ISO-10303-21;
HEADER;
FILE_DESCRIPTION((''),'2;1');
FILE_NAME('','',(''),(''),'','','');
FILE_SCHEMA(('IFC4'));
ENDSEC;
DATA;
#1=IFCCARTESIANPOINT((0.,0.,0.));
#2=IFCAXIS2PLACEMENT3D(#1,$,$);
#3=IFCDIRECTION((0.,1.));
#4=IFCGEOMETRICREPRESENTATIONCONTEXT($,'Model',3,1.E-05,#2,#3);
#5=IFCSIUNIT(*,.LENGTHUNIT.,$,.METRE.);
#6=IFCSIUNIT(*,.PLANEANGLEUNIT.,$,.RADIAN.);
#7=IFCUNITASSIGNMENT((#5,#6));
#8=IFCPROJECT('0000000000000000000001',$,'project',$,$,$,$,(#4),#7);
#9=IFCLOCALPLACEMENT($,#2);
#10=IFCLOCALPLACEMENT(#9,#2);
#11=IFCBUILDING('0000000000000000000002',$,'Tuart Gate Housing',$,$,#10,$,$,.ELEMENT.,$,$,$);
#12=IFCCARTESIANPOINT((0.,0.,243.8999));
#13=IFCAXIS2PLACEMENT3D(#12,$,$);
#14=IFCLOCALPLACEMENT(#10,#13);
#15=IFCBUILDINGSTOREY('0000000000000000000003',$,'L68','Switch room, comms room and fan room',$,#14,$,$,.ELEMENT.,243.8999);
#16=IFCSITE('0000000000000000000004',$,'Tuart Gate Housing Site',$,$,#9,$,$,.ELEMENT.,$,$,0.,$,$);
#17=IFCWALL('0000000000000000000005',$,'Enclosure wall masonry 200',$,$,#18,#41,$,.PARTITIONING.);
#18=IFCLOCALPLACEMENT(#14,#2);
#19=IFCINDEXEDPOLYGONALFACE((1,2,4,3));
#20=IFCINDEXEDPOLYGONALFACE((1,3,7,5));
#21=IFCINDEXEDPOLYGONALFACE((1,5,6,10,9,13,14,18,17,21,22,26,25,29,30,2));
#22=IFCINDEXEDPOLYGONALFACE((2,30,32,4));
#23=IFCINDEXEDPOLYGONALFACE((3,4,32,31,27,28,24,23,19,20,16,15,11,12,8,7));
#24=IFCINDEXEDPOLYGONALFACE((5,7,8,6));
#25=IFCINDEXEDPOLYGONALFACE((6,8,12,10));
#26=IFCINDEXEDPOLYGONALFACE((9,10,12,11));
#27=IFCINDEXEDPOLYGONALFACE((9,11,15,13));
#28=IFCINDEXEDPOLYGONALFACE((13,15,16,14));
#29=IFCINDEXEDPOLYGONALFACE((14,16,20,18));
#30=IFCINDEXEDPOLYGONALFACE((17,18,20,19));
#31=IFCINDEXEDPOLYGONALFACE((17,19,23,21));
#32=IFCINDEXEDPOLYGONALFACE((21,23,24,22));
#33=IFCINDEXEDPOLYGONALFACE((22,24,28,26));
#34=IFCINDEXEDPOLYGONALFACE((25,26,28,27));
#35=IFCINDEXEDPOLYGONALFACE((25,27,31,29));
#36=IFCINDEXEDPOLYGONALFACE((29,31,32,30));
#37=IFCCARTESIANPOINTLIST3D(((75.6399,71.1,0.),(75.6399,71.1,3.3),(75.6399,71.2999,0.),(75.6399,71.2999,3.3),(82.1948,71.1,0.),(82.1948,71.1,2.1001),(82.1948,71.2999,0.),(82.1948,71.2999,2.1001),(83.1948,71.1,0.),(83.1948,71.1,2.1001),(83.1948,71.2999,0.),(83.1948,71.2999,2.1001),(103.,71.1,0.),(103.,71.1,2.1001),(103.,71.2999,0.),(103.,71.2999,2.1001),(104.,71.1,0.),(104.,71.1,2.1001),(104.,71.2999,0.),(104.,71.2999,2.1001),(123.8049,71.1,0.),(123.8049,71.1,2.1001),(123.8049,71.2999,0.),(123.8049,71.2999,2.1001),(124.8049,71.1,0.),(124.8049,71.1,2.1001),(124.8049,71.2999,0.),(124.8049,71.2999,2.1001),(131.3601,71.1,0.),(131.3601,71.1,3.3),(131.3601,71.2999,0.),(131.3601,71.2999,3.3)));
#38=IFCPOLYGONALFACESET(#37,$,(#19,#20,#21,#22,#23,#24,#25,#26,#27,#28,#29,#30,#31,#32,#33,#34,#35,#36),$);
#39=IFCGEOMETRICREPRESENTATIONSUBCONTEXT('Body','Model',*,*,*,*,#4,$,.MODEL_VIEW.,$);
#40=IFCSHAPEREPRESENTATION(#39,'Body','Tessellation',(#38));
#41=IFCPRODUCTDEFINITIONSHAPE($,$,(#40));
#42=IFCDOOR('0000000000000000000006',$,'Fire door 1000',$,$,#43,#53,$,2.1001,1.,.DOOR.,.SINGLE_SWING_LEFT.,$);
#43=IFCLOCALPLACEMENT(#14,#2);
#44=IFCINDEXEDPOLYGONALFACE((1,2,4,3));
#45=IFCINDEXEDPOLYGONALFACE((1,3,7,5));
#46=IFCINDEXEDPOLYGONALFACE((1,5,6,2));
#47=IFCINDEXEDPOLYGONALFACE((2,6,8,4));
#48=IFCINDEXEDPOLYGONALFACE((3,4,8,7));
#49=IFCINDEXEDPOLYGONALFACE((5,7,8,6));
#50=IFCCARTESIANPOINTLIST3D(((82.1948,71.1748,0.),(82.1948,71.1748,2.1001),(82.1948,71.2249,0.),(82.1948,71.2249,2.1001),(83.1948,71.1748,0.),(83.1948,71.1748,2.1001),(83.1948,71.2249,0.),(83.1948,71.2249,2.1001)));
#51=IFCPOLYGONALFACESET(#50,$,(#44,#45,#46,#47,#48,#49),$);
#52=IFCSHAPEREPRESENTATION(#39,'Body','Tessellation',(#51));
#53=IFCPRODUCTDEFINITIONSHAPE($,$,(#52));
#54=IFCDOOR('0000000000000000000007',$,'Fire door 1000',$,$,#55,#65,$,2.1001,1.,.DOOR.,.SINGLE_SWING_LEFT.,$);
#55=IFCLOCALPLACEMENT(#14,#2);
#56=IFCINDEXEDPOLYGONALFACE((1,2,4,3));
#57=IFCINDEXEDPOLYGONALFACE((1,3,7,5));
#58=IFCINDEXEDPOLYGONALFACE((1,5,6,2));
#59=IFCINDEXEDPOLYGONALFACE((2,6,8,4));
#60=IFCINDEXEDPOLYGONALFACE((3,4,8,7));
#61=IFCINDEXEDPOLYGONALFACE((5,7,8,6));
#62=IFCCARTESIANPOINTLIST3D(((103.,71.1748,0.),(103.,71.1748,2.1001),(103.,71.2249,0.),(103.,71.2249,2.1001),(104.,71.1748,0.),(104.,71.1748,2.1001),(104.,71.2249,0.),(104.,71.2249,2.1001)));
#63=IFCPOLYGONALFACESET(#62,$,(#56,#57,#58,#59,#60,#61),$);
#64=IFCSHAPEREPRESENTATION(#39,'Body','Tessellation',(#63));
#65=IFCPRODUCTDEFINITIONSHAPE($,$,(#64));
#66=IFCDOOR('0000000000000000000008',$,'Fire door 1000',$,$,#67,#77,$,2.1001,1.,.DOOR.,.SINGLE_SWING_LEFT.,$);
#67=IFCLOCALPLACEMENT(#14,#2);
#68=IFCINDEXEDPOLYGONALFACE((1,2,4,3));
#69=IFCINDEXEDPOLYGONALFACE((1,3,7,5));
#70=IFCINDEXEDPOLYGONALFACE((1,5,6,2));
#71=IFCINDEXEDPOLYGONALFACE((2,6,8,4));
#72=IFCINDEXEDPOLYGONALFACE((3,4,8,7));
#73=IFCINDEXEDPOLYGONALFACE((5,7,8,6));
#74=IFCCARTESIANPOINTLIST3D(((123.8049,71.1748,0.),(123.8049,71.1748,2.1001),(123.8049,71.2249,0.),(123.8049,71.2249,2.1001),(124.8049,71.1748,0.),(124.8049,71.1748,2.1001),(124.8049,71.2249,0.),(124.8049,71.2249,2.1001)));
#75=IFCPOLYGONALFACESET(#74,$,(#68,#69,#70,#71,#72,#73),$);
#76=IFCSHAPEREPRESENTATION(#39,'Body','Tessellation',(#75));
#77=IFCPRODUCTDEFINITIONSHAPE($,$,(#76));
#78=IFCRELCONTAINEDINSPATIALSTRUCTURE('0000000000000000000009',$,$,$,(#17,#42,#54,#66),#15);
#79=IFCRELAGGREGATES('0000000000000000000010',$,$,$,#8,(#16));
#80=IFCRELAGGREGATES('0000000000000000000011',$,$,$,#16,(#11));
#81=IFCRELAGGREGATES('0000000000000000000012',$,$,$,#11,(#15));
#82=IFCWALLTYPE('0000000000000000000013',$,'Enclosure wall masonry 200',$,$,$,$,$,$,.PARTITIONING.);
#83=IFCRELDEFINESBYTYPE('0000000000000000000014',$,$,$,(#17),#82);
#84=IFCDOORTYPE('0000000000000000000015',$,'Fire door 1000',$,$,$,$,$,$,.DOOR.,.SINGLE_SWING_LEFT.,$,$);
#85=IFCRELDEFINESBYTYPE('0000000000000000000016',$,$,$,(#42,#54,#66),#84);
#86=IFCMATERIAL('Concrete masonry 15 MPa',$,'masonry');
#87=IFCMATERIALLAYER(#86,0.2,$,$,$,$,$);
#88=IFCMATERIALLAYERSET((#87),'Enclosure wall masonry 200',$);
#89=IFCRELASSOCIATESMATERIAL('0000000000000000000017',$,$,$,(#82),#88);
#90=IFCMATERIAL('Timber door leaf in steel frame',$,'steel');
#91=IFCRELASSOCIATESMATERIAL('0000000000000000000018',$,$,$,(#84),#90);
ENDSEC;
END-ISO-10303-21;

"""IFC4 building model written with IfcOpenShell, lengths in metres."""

from ifc_helpers import new_model, si_unit, direction, frame, frame_2d, origin, place, context, subcontext, project, spatial, rectangle, extrude, material, layer, layer_set, type_object, element, fill, save


model = new_model("IFC4")

# Units and contexts
model_context = context("Model", 3, precision=1e-05, world=origin(), true_north=direction((0.0, 1.0)))
body_context = subcontext(model_context, "Body", "Model", "MODEL_VIEW")
ifc_project = project(units=[si_unit("LENGTHUNIT", "METRE"), si_unit("PLANEANGLEUNIT", "RADIAN")], contexts=[model_context])

# Site, building, storey
site_placement = place(None, origin())
site = spatial("IfcSite", under=ifc_project, at=site_placement, Name="Tuart Gate Housing Site", CompositionType="ELEMENT", RefElevation=0.0)
building_placement = place(site_placement, origin())
building = spatial("IfcBuilding", under=site, at=building_placement, Name="Tuart Gate Housing", CompositionType="ELEMENT")
storey_placement = place(building_placement, frame((0.0, 0.0, 243.8999)))
storey = spatial("IfcBuildingStorey", under=building, at=storey_placement, Name="L68", Description="Switch room, comms room and fan room", CompositionType="ELEMENT", Elevation=243.8999)

# Shared definitions
ifc_material_1 = material(Name="Concrete masonry 15 MPa", Category="masonry")
ifc_layer_1 = layer(ifc_material_1, 0.2)
ifc_layer_set_1 = layer_set([ifc_layer_1], Name="Enclosure wall masonry 200")
wall_type_1 = type_object("IfcWallType", Name="Enclosure wall masonry 200", PredefinedType="PARTITIONING", material=ifc_layer_set_1)
ifc_material_2 = material(Name="Timber door leaf in steel frame", Category="steel")
door_type_1 = type_object("IfcDoorType", Name="Fire door 1000", OperationType="SINGLE_SWING_LEFT", PredefinedType="DOOR", material=ifc_material_2)

# Wall, openings, doors
wall_1_placement = place(storey_placement, frame((75.6399, 71.2, 0.0), z_axis=(0.0, 0.0, 1.0), x_axis=(1.0, 0.0, 0.0)))
wall_1 = element("IfcWall", 1, at=wall_1_placement, inside=storey, type_object=wall_type_1, Name="Enclosure wall masonry 200", PredefinedType="PARTITIONING", context=body_context, shape_type="SweptSolid", body=[
    extrude(rectangle(XDim=55.7202, YDim=0.2, at=frame_2d((27.8601, 0.0))), origin(), (0.0, 0.0, 1.0), 3.3),
])
opening_1_placement = place(wall_1_placement, frame((6.5549, 0.0, 0.0)))
opening_1 = element("IfcOpeningElement", 2, at=opening_1_placement, cuts=wall_1, PredefinedType="OPENING", context=body_context, shape_type="SweptSolid", body=[
    extrude(rectangle(XDim=1.0, YDim=2.1001, at=frame_2d((0.5, 1.05))), frame((0.0, 0.1099, 0.0), z_axis=(0.0, -1.0, 0.0), x_axis=(1.0, 0.0, 0.0)), (0.0, 0.0, 1.0), 0.22),
])
opening_2_placement = place(wall_1_placement, frame((27.3601, 0.0, 0.0)))
opening_2 = element("IfcOpeningElement", 3, at=opening_2_placement, cuts=wall_1, PredefinedType="OPENING", context=body_context, shape_type="SweptSolid", body=[
    extrude(rectangle(XDim=1.0, YDim=2.1001, at=frame_2d((0.5, 1.05))), frame((0.0, 0.1099, 0.0), z_axis=(0.0, -1.0, 0.0), x_axis=(1.0, 0.0, 0.0)), (0.0, 0.0, 1.0), 0.22),
])
opening_3_placement = place(wall_1_placement, frame((48.165, 0.0, 0.0)))
opening_3 = element("IfcOpeningElement", 4, at=opening_3_placement, cuts=wall_1, PredefinedType="OPENING", context=body_context, shape_type="SweptSolid", body=[
    extrude(rectangle(XDim=1.0, YDim=2.1001, at=frame_2d((0.5, 1.05))), frame((0.0, 0.1099, 0.0), z_axis=(0.0, -1.0, 0.0), x_axis=(1.0, 0.0, 0.0)), (0.0, 0.0, 1.0), 0.22),
])
door_1_placement = place(opening_1_placement, origin())
door_1 = element("IfcDoor", 5, at=door_1_placement, inside=storey, type_object=door_type_1, Name="Fire door 1000", OperationType="SINGLE_SWING_LEFT", OverallHeight=2.1001, OverallWidth=1.0, PredefinedType="DOOR", context=body_context, shape_type="SweptSolid", body=[
    extrude(rectangle(XDim=1.0, YDim=2.1001, at=frame_2d((0.5, 1.05))), frame((0.0, 0.0249, 0.0), z_axis=(0.0, -1.0, 0.0), x_axis=(1.0, 0.0, 0.0)), (0.0, 0.0, 1.0), 0.05),
])
fill(opening_1, door_1)
door_2_placement = place(opening_2_placement, origin())
door_2 = element("IfcDoor", 6, at=door_2_placement, inside=storey, type_object=door_type_1, Name="Fire door 1000", OperationType="SINGLE_SWING_LEFT", OverallHeight=2.1001, OverallWidth=1.0, PredefinedType="DOOR", context=body_context, shape_type="SweptSolid", body=[
    extrude(rectangle(XDim=1.0, YDim=2.1001, at=frame_2d((0.5, 1.05))), frame((0.0, 0.0249, 0.0), z_axis=(0.0, -1.0, 0.0), x_axis=(1.0, 0.0, 0.0)), (0.0, 0.0, 1.0), 0.05),
])
fill(opening_2, door_2)
door_3_placement = place(opening_3_placement, origin())
door_3 = element("IfcDoor", 7, at=door_3_placement, inside=storey, type_object=door_type_1, Name="Fire door 1000", OperationType="SINGLE_SWING_LEFT", OverallHeight=2.1001, OverallWidth=1.0, PredefinedType="DOOR", context=body_context, shape_type="SweptSolid", body=[
    extrude(rectangle(XDim=1.0, YDim=2.1001, at=frame_2d((0.5, 1.05))), frame((0.0, 0.0249, 0.0), z_axis=(0.0, -1.0, 0.0), x_axis=(1.0, 0.0, 0.0)), (0.0, 0.0, 1.0), 0.05),
])
fill(opening_3, door_3)

save(model, "model.ifc")
